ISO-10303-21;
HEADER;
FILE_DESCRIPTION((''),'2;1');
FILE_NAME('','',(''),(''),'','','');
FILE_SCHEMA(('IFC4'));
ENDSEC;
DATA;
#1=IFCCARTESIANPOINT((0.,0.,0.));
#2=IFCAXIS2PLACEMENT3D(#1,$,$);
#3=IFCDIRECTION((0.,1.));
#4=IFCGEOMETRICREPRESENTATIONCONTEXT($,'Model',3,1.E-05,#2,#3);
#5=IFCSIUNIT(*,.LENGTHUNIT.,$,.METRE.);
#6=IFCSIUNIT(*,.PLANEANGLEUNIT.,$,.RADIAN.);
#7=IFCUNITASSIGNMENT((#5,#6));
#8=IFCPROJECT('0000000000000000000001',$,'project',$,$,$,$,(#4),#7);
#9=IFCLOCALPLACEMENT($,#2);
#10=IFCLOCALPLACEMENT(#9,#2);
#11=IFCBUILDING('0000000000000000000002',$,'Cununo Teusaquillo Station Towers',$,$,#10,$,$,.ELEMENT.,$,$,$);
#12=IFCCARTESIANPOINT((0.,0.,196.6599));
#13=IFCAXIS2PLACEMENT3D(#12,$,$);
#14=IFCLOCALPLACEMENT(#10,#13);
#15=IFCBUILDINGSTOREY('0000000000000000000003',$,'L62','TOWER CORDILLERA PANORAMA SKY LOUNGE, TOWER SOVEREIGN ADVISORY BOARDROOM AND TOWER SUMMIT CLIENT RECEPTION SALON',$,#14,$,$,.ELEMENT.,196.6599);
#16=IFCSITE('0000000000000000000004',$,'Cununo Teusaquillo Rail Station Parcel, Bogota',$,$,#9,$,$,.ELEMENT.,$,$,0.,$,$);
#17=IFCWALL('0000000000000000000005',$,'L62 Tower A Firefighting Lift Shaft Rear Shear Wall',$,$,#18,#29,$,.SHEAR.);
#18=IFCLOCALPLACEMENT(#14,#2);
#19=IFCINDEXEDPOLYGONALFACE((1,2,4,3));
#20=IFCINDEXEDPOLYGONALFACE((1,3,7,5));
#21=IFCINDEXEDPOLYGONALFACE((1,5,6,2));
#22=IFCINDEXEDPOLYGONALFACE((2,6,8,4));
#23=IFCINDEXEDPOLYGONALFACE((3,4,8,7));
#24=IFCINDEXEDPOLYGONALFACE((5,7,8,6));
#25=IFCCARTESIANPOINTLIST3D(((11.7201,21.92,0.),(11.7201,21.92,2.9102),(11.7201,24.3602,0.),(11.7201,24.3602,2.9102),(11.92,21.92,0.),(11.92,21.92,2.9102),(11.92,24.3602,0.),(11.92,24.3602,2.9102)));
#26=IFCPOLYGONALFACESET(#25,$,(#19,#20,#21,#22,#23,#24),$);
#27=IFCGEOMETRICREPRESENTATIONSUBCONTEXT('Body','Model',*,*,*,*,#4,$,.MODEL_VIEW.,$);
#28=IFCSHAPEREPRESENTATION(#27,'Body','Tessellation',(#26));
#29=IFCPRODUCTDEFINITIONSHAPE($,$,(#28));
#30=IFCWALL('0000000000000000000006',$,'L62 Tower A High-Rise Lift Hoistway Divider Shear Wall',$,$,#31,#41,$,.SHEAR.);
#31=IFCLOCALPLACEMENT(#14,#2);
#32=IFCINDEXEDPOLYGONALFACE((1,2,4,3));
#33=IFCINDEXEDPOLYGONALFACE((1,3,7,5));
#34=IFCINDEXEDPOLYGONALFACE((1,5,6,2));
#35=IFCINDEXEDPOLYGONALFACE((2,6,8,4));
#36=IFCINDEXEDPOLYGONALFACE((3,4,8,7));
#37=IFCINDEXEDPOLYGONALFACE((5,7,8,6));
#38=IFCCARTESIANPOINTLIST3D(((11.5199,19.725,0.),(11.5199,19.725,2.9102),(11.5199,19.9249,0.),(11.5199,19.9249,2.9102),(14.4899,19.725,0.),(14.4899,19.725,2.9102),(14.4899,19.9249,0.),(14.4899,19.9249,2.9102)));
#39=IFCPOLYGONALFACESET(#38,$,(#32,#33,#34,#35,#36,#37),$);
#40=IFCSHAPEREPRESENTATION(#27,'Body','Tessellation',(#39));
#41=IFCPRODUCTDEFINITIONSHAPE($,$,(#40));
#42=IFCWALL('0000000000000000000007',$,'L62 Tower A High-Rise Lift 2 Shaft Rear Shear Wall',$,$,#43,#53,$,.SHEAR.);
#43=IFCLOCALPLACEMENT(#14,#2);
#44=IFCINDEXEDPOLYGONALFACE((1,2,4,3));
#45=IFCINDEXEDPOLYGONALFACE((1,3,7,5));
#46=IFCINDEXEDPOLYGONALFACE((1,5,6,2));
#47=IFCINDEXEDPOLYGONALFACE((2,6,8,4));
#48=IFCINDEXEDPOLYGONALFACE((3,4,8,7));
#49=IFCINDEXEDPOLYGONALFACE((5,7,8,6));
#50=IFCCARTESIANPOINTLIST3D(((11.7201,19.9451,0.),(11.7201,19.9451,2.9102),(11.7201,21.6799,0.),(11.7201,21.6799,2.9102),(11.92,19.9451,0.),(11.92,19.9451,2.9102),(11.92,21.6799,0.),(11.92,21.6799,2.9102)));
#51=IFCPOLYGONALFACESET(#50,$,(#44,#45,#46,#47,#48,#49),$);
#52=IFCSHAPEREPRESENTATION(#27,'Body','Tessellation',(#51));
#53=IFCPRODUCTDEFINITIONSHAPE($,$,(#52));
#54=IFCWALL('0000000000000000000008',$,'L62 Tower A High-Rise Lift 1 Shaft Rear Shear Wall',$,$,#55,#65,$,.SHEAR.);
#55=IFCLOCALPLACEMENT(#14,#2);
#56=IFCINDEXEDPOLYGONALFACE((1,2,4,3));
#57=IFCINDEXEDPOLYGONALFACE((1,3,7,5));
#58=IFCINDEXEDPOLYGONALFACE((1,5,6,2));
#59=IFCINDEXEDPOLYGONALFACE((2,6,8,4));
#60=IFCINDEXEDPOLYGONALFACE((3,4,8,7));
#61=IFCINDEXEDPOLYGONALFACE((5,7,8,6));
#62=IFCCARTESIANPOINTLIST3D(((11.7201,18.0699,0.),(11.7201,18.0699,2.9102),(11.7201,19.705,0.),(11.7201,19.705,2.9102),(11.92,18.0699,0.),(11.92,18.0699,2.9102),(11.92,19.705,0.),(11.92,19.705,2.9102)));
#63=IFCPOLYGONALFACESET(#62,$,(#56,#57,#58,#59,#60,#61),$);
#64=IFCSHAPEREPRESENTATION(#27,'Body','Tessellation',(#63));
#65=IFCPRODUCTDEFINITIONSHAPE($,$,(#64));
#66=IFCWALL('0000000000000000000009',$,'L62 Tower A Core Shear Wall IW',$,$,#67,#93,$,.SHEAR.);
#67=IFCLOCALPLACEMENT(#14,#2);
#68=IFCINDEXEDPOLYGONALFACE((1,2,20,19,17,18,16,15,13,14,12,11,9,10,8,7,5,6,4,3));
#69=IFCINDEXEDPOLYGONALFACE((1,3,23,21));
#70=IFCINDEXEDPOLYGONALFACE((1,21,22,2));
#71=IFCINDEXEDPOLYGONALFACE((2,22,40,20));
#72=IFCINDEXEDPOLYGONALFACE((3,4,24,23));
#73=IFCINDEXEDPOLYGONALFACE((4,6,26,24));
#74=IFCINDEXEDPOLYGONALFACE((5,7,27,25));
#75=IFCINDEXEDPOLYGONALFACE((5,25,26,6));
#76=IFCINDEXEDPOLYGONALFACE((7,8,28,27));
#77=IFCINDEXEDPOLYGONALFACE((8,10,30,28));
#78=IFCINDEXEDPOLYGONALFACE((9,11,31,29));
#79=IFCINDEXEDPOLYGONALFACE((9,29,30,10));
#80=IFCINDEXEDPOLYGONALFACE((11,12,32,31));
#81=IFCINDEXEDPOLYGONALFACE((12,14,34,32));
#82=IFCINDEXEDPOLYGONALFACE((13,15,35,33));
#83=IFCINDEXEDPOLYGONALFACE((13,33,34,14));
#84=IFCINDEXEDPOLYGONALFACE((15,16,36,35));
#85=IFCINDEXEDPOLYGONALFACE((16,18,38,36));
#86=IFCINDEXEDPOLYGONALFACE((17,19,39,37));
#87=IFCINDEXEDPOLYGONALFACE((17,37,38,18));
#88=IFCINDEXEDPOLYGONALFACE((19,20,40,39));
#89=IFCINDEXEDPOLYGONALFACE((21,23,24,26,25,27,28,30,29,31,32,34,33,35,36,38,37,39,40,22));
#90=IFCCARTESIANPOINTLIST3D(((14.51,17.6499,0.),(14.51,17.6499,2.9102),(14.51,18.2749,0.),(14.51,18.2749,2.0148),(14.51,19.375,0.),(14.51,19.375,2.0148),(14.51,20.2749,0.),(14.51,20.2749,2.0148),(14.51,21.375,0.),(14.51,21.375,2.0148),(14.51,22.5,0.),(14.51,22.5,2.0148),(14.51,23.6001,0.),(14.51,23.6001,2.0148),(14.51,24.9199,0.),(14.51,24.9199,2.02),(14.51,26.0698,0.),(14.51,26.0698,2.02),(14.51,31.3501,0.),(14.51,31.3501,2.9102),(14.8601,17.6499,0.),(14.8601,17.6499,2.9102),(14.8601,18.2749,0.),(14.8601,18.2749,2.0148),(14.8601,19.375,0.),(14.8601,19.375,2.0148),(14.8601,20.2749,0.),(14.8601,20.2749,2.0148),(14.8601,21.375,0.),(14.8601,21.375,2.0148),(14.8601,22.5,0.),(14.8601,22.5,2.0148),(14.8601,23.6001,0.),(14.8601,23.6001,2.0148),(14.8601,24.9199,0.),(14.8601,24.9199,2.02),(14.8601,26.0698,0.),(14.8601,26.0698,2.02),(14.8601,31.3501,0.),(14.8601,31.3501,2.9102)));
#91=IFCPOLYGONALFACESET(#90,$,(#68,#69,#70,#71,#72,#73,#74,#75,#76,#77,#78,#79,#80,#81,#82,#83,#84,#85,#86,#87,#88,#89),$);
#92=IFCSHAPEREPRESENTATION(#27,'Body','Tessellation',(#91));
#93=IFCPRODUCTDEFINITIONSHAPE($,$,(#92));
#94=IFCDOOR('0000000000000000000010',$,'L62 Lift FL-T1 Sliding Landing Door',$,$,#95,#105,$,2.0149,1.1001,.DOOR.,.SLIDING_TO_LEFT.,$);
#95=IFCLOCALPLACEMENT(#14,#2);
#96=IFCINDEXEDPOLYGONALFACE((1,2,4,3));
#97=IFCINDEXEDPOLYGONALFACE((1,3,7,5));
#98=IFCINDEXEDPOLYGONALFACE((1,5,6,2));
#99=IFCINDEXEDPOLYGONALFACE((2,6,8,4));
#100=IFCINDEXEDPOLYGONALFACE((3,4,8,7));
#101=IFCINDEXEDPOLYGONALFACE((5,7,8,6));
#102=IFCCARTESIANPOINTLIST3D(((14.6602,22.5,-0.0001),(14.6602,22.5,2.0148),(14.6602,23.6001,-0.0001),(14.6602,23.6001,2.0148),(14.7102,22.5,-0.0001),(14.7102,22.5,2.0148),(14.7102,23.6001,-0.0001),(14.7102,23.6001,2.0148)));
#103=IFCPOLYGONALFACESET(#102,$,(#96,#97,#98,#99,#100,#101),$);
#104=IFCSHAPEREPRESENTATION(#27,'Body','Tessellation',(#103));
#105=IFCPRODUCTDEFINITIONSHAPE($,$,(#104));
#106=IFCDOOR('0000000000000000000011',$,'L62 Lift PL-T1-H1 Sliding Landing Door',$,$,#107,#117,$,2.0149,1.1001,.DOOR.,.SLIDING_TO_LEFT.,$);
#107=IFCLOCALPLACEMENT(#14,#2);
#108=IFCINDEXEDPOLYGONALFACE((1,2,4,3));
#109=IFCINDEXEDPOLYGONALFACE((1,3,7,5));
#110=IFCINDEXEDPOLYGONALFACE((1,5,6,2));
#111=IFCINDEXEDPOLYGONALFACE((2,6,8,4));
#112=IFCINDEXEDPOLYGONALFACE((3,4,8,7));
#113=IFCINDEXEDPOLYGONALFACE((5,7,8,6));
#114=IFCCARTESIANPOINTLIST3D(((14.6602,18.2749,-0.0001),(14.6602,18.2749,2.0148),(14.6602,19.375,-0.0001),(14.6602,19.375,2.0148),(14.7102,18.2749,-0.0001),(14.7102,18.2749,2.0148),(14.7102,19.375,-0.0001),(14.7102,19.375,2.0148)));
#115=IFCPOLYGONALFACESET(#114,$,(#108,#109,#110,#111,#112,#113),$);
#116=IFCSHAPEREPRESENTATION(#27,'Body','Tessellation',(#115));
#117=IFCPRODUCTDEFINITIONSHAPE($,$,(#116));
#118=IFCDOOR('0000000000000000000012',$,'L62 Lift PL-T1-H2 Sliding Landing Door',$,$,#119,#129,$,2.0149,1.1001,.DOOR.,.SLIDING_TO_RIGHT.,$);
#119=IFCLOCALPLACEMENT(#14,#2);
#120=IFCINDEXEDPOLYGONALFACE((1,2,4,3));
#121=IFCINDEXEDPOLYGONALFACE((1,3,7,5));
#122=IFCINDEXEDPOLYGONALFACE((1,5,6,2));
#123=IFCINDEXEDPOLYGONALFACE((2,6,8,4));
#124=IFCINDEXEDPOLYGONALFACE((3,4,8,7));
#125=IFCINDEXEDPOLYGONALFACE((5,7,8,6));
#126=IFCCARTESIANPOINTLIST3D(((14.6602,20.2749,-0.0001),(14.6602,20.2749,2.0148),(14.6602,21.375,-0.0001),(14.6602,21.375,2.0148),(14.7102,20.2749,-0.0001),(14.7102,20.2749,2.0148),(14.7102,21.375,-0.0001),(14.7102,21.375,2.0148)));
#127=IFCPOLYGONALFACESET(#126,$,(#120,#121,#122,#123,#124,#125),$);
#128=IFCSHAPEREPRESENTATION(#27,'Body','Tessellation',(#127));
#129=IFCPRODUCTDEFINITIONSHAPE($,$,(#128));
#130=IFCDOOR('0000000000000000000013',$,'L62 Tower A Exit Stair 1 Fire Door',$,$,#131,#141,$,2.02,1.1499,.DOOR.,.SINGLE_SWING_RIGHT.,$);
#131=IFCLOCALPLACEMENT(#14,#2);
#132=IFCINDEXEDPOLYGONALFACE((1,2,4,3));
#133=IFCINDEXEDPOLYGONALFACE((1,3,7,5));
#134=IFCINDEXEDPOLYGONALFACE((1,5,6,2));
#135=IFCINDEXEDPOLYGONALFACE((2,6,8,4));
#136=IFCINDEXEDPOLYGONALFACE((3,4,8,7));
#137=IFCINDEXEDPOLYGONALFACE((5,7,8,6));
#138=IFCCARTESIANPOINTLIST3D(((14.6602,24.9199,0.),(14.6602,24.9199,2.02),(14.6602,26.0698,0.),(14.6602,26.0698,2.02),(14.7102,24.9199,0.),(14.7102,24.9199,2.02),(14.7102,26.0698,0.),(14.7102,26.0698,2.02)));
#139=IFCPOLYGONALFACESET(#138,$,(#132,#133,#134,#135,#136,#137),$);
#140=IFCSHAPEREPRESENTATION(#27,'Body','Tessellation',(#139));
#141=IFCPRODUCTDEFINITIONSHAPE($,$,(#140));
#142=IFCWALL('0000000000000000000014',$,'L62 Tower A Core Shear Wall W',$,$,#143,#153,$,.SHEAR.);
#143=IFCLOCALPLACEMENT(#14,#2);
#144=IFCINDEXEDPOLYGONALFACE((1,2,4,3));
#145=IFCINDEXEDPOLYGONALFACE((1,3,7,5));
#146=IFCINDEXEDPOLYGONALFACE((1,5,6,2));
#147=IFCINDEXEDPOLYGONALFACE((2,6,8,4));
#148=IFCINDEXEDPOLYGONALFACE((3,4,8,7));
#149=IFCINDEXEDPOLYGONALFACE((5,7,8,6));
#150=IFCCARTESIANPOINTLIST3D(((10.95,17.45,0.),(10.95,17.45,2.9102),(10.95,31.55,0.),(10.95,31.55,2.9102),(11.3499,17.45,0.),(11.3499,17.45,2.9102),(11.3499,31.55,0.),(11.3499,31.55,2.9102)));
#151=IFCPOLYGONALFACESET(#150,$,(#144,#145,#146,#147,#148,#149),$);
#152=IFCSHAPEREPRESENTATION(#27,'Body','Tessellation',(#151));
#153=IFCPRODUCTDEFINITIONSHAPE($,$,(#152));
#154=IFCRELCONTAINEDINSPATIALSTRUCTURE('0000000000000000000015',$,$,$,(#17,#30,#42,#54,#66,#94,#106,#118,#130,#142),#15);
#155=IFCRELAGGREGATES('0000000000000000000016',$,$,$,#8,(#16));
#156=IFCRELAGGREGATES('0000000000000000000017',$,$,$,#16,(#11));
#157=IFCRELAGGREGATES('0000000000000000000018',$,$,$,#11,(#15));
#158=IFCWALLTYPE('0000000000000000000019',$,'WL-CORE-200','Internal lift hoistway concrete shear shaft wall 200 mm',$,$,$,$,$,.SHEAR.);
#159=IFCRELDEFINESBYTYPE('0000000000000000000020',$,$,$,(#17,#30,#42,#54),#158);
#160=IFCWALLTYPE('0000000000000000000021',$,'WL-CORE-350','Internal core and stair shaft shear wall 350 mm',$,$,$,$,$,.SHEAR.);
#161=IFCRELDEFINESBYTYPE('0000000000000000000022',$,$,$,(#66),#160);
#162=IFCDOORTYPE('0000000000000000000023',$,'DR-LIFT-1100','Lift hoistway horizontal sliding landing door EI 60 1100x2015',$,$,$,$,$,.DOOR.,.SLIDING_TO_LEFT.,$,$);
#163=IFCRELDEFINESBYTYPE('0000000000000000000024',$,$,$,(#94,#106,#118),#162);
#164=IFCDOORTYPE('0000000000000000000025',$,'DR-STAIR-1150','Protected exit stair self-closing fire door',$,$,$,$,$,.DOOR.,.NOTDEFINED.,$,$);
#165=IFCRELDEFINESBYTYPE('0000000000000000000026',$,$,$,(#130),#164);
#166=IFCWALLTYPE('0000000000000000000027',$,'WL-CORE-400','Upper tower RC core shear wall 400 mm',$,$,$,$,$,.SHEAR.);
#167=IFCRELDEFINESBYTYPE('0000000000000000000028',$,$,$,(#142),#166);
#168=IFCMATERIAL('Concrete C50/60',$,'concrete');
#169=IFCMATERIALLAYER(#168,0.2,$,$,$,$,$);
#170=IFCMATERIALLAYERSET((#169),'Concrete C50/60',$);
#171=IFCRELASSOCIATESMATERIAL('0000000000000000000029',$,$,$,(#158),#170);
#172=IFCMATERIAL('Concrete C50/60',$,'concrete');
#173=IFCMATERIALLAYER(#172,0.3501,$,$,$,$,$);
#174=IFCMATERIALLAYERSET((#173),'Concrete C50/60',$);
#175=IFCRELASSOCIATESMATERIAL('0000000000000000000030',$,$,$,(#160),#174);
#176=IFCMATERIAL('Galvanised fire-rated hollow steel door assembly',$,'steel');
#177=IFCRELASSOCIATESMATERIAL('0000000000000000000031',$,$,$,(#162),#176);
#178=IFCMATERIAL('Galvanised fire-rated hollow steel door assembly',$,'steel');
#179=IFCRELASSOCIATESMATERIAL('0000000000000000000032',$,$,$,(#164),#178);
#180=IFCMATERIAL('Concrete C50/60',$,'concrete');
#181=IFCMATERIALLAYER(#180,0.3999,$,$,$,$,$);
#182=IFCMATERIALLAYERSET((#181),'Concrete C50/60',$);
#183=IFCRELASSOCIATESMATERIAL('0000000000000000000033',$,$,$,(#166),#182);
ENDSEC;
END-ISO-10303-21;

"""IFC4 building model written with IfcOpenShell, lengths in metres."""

from ifc_helpers import new_model, si_unit, direction, frame, frame_2d, origin, place, context, subcontext, project, spatial, rectangle, extrude, source, transform, mapped, material, layer, layer_set, type_object, element, fill, save


model = new_model("IFC4")

# Units and contexts
model_context = context("Model", 3, precision=1e-05, world=origin(), true_north=direction((0.0, 1.0)))
body_context = subcontext(model_context, "Body", "Model", "MODEL_VIEW")
ifc_project = project(units=[si_unit("LENGTHUNIT", "METRE"), si_unit("PLANEANGLEUNIT", "RADIAN")], contexts=[model_context])

# Site, building, storey
site_placement = place(None, origin())
site = spatial("IfcSite", under=ifc_project, at=site_placement, Name="Cununo Teusaquillo Rail Station Parcel, Bogota", CompositionType="ELEMENT", RefElevation=0.0)
building_placement = place(site_placement, origin())
building = spatial("IfcBuilding", under=site, at=building_placement, Name="Cununo Teusaquillo Station Towers", CompositionType="ELEMENT")
storey_placement = place(building_placement, frame((0.0, 0.0, 196.6599)))
storey = spatial("IfcBuildingStorey", under=building, at=storey_placement, Name="L62", Description="TOWER CORDILLERA PANORAMA SKY LOUNGE, TOWER SOVEREIGN ADVISORY BOARDROOM AND TOWER SUMMIT CLIENT RECEPTION SALON", CompositionType="ELEMENT", Elevation=196.6599)

# Walls
ifc_material_1 = material(Name="Concrete C50/60", Category="concrete")
ifc_layer_1 = layer(ifc_material_1, 0.2)
ifc_layer_set_1 = layer_set([ifc_layer_1], Name="Concrete C50/60")
wall_type_1 = type_object("IfcWallType", Name="WL-CORE-200", Description="Internal lift hoistway concrete shear shaft wall 200 mm", PredefinedType="SHEAR", material=ifc_layer_set_1)
wall_1_placement = place(storey_placement, frame((11.8201, 21.9199, 0.0), z_axis=(0.0, 0.0, 1.0), x_axis=(0.0, 1.0, 0.0)))
element("IfcWall", 1, at=wall_1_placement, inside=storey, type_object=wall_type_1, Name="L62 Tower A Firefighting Lift Shaft Rear Shear Wall", PredefinedType="SHEAR", context=body_context, shape_type="SweptSolid", body=[
    extrude(rectangle(XDim=2.4402, YDim=0.2, at=frame_2d((1.2202, 0.0))), origin(), (0.0, 0.0, 1.0), 2.9102),
])
wall_2_placement = place(storey_placement, frame((11.52, 19.825, 0.0), z_axis=(0.0, 0.0, 1.0), x_axis=(1.0, 0.0, 0.0)))
element("IfcWall", 2, at=wall_2_placement, inside=storey, type_object=wall_type_1, Name="L62 Tower A High-Rise Lift Hoistway Divider Shear Wall", PredefinedType="SHEAR", context=body_context, shape_type="SweptSolid", body=[
    extrude(rectangle(XDim=2.97, YDim=0.2, at=frame_2d((1.4849, 0.0))), origin(), (0.0, 0.0, 1.0), 2.9102),
])
wall_3_placement = place(storey_placement, frame((11.8201, 19.9451, 0.0), z_axis=(0.0, 0.0, 1.0), x_axis=(0.0, 1.0, 0.0)))
element("IfcWall", 3, at=wall_3_placement, inside=storey, type_object=wall_type_1, Name="L62 Tower A High-Rise Lift 2 Shaft Rear Shear Wall", PredefinedType="SHEAR", context=body_context, shape_type="SweptSolid", body=[
    extrude(rectangle(XDim=1.7349, YDim=0.2, at=frame_2d((0.8674, 0.0))), origin(), (0.0, 0.0, 1.0), 2.9102),
])
wall_4_placement = place(storey_placement, frame((11.8201, 18.0701, 0.0), z_axis=(0.0, 0.0, 1.0), x_axis=(0.0, 1.0, 0.0)))
element("IfcWall", 4, at=wall_4_placement, inside=storey, type_object=wall_type_1, Name="L62 Tower A High-Rise Lift 1 Shaft Rear Shear Wall", PredefinedType="SHEAR", context=body_context, shape_type="SweptSolid", body=[
    extrude(rectangle(XDim=1.635, YDim=0.2, at=frame_2d((0.8174, 0.0))), origin(), (0.0, 0.0, 1.0), 2.9102),
])

# Wall, openings, doors
ifc_material_2 = material(Name="Concrete C50/60", Category="concrete")
ifc_layer_2 = layer(ifc_material_2, 0.3501)
ifc_layer_set_2 = layer_set([ifc_layer_2], Name="Concrete C50/60")
wall_type_2 = type_object("IfcWallType", Name="WL-CORE-350", Description="Internal core and stair shaft shear wall 350 mm", PredefinedType="SHEAR", material=ifc_layer_set_2)
wall_5_placement = place(storey_placement, frame((14.6851, 17.6499, 0.0), z_axis=(0.0, 0.0, 1.0), x_axis=(0.0, 1.0, 0.0)))
wall_5 = element("IfcWall", 5, at=wall_5_placement, inside=storey, type_object=wall_type_2, Name="L62 Tower A Core Shear Wall IW", PredefinedType="SHEAR", context=body_context, shape_type="SweptSolid", body=[
    extrude(rectangle(XDim=13.7002, YDim=0.3501, at=frame_2d((6.8501, 0.0))), origin(), (0.0, 0.0, 1.0), 2.9102),
])
shared_shape_1 = source(origin(), body_context, "Body", "SweptSolid", [
    extrude(rectangle(XDim=1.1001, YDim=2.0149, at=frame_2d((0.55, 1.0073))), frame((0.0, 0.1851, 0.0), z_axis=(0.0, -1.0, 0.0), x_axis=(1.0, 0.0, 0.0)), (0.0, 0.0, 1.0), 0.3701),
])
opening_1_placement = place(wall_5_placement, frame((4.8501, 0.0, 0.0)))
opening_1 = element("IfcOpeningElement", 6, at=opening_1_placement, cuts=wall_5, PredefinedType="OPENING", context=body_context, shape_type="MappedRepresentation", body=[
    mapped(shared_shape_1, transform((0.0, 0.0, 0.0), x_axis=(1.0, 0.0, 0.0), y_axis=(0.0, 1.0, 0.0), z_axis=(0.0, 0.0, 1.0), scale=1.0)),
])
opening_2_placement = place(wall_5_placement, frame((0.625, 0.0, 0.0)))
opening_2 = element("IfcOpeningElement", 7, at=opening_2_placement, cuts=wall_5, PredefinedType="OPENING", context=body_context, shape_type="MappedRepresentation", body=[
    mapped(shared_shape_1, transform((0.0, 0.0, 0.0), x_axis=(1.0, 0.0, 0.0), y_axis=(0.0, 1.0, 0.0), z_axis=(0.0, 0.0, 1.0), scale=1.0)),
])
opening_3_placement = place(wall_5_placement, frame((2.625, 0.0, 0.0)))
opening_3 = element("IfcOpeningElement", 8, at=opening_3_placement, cuts=wall_5, PredefinedType="OPENING", context=body_context, shape_type="MappedRepresentation", body=[
    mapped(shared_shape_1, transform((0.0, 0.0, 0.0), x_axis=(1.0, 0.0, 0.0), y_axis=(0.0, 1.0, 0.0), z_axis=(0.0, 0.0, 1.0), scale=1.0)),
])
shared_shape_2 = source(origin(), body_context, "Body", "SweptSolid", [
    extrude(rectangle(XDim=1.1499, YDim=2.02, at=frame_2d((0.575, 1.01))), frame((0.0, 0.1851, 0.0), z_axis=(0.0, -1.0, 0.0), x_axis=(1.0, 0.0, 0.0)), (0.0, 0.0, 1.0), 0.3701),
])
opening_4_placement = place(wall_5_placement, frame((7.27, 0.0, 0.0)))
opening_4 = element("IfcOpeningElement", 9, at=opening_4_placement, cuts=wall_5, PredefinedType="OPENING", context=body_context, shape_type="MappedRepresentation", body=[
    mapped(shared_shape_2, transform((0.0, 0.0, 0.0), x_axis=(1.0, 0.0, 0.0), y_axis=(0.0, 1.0, 0.0), z_axis=(0.0, 0.0, 1.0), scale=1.0)),
])
ifc_material_3 = material(Name="Galvanised fire-rated hollow steel door assembly", Category="steel")
door_type_1 = type_object("IfcDoorType", Name="DR-LIFT-1100", Description="Lift hoistway horizontal sliding landing door EI 60 1100x2015", OperationType="SLIDING_TO_LEFT", PredefinedType="DOOR", material=ifc_material_3)
shared_shape_3 = source(origin(), body_context, "Body", "SweptSolid", [
    extrude(rectangle(XDim=1.1001, YDim=2.0149, at=frame_2d((0.55, 1.0073))), frame((0.0, 0.0249, 0.0), z_axis=(0.0, -1.0, 0.0), x_axis=(1.0, 0.0, 0.0)), (0.0, 0.0, 1.0), 0.05),
])
door_1_placement = place(opening_1_placement, origin())
door_1 = element("IfcDoor", 10, at=door_1_placement, inside=storey, type_object=door_type_1, Name="L62 Lift FL-T1 Sliding Landing Door", OperationType="SLIDING_TO_LEFT", OverallHeight=2.0149, OverallWidth=1.1001, PredefinedType="DOOR", context=body_context, shape_type="MappedRepresentation", body=[
    mapped(shared_shape_3, transform((0.0, 0.0, 0.0), x_axis=(1.0, 0.0, 0.0), y_axis=(0.0, 1.0, 0.0), z_axis=(0.0, 0.0, 1.0), scale=1.0)),
])
fill(opening_1, door_1)
door_2_placement = place(opening_2_placement, origin())
door_2 = element("IfcDoor", 11, at=door_2_placement, inside=storey, type_object=door_type_1, Name="L62 Lift PL-T1-H1 Sliding Landing Door", OperationType="SLIDING_TO_LEFT", OverallHeight=2.0149, OverallWidth=1.1001, PredefinedType="DOOR", context=body_context, shape_type="MappedRepresentation", body=[
    mapped(shared_shape_3, transform((0.0, 0.0, 0.0), x_axis=(1.0, 0.0, 0.0), y_axis=(0.0, 1.0, 0.0), z_axis=(0.0, 0.0, 1.0), scale=1.0)),
])
fill(opening_2, door_2)
door_3_placement = place(opening_3_placement, origin())
door_3 = element("IfcDoor", 12, at=door_3_placement, inside=storey, type_object=door_type_1, Name="L62 Lift PL-T1-H2 Sliding Landing Door", OperationType="SLIDING_TO_RIGHT", OverallHeight=2.0149, OverallWidth=1.1001, PredefinedType="DOOR", context=body_context, shape_type="MappedRepresentation", body=[
    mapped(shared_shape_3, transform((0.0, 0.0, 0.0), x_axis=(1.0, 0.0, 0.0), y_axis=(0.0, 1.0, 0.0), z_axis=(0.0, 0.0, 1.0), scale=1.0)),
])
fill(opening_3, door_3)
ifc_material_4 = material(Name="Galvanised fire-rated hollow steel door assembly", Category="steel")
door_type_2 = type_object("IfcDoorType", Name="DR-STAIR-1150", Description="Protected exit stair self-closing fire door", OperationType="NOTDEFINED", PredefinedType="DOOR", material=ifc_material_4)
shared_shape_4 = source(origin(), body_context, "Body", "SweptSolid", [
    extrude(rectangle(XDim=1.1499, YDim=2.02, at=frame_2d((0.575, 1.01))), frame((0.0, 0.0249, 0.0), z_axis=(0.0, -1.0, 0.0), x_axis=(1.0, 0.0, 0.0)), (0.0, 0.0, 1.0), 0.05),
])
door_4_placement = place(opening_4_placement, origin())
door_4 = element("IfcDoor", 13, at=door_4_placement, inside=storey, type_object=door_type_2, Name="L62 Tower A Exit Stair 1 Fire Door", OperationType="SINGLE_SWING_RIGHT", OverallHeight=2.02, OverallWidth=1.1499, PredefinedType="DOOR", context=body_context, shape_type="MappedRepresentation", body=[
    mapped(shared_shape_4, transform((0.0, 0.0, 0.0), x_axis=(1.0, 0.0, 0.0), y_axis=(0.0, 1.0, 0.0), z_axis=(0.0, 0.0, 1.0), scale=1.0)),
])
fill(opening_4, door_4)

# Wall
ifc_material_5 = material(Name="Concrete C50/60", Category="concrete")
ifc_layer_3 = layer(ifc_material_5, 0.3999)
ifc_layer_set_3 = layer_set([ifc_layer_3], Name="Concrete C50/60")
wall_type_3 = type_object("IfcWallType", Name="WL-CORE-400", Description="Upper tower RC core shear wall 400 mm", PredefinedType="SHEAR", material=ifc_layer_set_3)
wall_6_placement = place(storey_placement, frame((11.1499, 17.45, 0.0), z_axis=(0.0, 0.0, 1.0), x_axis=(0.0, 1.0, 0.0)))
element("IfcWall", 14, at=wall_6_placement, inside=storey, type_object=wall_type_3, Name="L62 Tower A Core Shear Wall W", PredefinedType="SHEAR", context=body_context, shape_type="SweptSolid", body=[
    extrude(rectangle(XDim=14.1001, YDim=0.3999, at=frame_2d((7.05, 0.0))), origin(), (0.0, 0.0, 1.0), 2.9102),
])

save(model, "model.ifc")
